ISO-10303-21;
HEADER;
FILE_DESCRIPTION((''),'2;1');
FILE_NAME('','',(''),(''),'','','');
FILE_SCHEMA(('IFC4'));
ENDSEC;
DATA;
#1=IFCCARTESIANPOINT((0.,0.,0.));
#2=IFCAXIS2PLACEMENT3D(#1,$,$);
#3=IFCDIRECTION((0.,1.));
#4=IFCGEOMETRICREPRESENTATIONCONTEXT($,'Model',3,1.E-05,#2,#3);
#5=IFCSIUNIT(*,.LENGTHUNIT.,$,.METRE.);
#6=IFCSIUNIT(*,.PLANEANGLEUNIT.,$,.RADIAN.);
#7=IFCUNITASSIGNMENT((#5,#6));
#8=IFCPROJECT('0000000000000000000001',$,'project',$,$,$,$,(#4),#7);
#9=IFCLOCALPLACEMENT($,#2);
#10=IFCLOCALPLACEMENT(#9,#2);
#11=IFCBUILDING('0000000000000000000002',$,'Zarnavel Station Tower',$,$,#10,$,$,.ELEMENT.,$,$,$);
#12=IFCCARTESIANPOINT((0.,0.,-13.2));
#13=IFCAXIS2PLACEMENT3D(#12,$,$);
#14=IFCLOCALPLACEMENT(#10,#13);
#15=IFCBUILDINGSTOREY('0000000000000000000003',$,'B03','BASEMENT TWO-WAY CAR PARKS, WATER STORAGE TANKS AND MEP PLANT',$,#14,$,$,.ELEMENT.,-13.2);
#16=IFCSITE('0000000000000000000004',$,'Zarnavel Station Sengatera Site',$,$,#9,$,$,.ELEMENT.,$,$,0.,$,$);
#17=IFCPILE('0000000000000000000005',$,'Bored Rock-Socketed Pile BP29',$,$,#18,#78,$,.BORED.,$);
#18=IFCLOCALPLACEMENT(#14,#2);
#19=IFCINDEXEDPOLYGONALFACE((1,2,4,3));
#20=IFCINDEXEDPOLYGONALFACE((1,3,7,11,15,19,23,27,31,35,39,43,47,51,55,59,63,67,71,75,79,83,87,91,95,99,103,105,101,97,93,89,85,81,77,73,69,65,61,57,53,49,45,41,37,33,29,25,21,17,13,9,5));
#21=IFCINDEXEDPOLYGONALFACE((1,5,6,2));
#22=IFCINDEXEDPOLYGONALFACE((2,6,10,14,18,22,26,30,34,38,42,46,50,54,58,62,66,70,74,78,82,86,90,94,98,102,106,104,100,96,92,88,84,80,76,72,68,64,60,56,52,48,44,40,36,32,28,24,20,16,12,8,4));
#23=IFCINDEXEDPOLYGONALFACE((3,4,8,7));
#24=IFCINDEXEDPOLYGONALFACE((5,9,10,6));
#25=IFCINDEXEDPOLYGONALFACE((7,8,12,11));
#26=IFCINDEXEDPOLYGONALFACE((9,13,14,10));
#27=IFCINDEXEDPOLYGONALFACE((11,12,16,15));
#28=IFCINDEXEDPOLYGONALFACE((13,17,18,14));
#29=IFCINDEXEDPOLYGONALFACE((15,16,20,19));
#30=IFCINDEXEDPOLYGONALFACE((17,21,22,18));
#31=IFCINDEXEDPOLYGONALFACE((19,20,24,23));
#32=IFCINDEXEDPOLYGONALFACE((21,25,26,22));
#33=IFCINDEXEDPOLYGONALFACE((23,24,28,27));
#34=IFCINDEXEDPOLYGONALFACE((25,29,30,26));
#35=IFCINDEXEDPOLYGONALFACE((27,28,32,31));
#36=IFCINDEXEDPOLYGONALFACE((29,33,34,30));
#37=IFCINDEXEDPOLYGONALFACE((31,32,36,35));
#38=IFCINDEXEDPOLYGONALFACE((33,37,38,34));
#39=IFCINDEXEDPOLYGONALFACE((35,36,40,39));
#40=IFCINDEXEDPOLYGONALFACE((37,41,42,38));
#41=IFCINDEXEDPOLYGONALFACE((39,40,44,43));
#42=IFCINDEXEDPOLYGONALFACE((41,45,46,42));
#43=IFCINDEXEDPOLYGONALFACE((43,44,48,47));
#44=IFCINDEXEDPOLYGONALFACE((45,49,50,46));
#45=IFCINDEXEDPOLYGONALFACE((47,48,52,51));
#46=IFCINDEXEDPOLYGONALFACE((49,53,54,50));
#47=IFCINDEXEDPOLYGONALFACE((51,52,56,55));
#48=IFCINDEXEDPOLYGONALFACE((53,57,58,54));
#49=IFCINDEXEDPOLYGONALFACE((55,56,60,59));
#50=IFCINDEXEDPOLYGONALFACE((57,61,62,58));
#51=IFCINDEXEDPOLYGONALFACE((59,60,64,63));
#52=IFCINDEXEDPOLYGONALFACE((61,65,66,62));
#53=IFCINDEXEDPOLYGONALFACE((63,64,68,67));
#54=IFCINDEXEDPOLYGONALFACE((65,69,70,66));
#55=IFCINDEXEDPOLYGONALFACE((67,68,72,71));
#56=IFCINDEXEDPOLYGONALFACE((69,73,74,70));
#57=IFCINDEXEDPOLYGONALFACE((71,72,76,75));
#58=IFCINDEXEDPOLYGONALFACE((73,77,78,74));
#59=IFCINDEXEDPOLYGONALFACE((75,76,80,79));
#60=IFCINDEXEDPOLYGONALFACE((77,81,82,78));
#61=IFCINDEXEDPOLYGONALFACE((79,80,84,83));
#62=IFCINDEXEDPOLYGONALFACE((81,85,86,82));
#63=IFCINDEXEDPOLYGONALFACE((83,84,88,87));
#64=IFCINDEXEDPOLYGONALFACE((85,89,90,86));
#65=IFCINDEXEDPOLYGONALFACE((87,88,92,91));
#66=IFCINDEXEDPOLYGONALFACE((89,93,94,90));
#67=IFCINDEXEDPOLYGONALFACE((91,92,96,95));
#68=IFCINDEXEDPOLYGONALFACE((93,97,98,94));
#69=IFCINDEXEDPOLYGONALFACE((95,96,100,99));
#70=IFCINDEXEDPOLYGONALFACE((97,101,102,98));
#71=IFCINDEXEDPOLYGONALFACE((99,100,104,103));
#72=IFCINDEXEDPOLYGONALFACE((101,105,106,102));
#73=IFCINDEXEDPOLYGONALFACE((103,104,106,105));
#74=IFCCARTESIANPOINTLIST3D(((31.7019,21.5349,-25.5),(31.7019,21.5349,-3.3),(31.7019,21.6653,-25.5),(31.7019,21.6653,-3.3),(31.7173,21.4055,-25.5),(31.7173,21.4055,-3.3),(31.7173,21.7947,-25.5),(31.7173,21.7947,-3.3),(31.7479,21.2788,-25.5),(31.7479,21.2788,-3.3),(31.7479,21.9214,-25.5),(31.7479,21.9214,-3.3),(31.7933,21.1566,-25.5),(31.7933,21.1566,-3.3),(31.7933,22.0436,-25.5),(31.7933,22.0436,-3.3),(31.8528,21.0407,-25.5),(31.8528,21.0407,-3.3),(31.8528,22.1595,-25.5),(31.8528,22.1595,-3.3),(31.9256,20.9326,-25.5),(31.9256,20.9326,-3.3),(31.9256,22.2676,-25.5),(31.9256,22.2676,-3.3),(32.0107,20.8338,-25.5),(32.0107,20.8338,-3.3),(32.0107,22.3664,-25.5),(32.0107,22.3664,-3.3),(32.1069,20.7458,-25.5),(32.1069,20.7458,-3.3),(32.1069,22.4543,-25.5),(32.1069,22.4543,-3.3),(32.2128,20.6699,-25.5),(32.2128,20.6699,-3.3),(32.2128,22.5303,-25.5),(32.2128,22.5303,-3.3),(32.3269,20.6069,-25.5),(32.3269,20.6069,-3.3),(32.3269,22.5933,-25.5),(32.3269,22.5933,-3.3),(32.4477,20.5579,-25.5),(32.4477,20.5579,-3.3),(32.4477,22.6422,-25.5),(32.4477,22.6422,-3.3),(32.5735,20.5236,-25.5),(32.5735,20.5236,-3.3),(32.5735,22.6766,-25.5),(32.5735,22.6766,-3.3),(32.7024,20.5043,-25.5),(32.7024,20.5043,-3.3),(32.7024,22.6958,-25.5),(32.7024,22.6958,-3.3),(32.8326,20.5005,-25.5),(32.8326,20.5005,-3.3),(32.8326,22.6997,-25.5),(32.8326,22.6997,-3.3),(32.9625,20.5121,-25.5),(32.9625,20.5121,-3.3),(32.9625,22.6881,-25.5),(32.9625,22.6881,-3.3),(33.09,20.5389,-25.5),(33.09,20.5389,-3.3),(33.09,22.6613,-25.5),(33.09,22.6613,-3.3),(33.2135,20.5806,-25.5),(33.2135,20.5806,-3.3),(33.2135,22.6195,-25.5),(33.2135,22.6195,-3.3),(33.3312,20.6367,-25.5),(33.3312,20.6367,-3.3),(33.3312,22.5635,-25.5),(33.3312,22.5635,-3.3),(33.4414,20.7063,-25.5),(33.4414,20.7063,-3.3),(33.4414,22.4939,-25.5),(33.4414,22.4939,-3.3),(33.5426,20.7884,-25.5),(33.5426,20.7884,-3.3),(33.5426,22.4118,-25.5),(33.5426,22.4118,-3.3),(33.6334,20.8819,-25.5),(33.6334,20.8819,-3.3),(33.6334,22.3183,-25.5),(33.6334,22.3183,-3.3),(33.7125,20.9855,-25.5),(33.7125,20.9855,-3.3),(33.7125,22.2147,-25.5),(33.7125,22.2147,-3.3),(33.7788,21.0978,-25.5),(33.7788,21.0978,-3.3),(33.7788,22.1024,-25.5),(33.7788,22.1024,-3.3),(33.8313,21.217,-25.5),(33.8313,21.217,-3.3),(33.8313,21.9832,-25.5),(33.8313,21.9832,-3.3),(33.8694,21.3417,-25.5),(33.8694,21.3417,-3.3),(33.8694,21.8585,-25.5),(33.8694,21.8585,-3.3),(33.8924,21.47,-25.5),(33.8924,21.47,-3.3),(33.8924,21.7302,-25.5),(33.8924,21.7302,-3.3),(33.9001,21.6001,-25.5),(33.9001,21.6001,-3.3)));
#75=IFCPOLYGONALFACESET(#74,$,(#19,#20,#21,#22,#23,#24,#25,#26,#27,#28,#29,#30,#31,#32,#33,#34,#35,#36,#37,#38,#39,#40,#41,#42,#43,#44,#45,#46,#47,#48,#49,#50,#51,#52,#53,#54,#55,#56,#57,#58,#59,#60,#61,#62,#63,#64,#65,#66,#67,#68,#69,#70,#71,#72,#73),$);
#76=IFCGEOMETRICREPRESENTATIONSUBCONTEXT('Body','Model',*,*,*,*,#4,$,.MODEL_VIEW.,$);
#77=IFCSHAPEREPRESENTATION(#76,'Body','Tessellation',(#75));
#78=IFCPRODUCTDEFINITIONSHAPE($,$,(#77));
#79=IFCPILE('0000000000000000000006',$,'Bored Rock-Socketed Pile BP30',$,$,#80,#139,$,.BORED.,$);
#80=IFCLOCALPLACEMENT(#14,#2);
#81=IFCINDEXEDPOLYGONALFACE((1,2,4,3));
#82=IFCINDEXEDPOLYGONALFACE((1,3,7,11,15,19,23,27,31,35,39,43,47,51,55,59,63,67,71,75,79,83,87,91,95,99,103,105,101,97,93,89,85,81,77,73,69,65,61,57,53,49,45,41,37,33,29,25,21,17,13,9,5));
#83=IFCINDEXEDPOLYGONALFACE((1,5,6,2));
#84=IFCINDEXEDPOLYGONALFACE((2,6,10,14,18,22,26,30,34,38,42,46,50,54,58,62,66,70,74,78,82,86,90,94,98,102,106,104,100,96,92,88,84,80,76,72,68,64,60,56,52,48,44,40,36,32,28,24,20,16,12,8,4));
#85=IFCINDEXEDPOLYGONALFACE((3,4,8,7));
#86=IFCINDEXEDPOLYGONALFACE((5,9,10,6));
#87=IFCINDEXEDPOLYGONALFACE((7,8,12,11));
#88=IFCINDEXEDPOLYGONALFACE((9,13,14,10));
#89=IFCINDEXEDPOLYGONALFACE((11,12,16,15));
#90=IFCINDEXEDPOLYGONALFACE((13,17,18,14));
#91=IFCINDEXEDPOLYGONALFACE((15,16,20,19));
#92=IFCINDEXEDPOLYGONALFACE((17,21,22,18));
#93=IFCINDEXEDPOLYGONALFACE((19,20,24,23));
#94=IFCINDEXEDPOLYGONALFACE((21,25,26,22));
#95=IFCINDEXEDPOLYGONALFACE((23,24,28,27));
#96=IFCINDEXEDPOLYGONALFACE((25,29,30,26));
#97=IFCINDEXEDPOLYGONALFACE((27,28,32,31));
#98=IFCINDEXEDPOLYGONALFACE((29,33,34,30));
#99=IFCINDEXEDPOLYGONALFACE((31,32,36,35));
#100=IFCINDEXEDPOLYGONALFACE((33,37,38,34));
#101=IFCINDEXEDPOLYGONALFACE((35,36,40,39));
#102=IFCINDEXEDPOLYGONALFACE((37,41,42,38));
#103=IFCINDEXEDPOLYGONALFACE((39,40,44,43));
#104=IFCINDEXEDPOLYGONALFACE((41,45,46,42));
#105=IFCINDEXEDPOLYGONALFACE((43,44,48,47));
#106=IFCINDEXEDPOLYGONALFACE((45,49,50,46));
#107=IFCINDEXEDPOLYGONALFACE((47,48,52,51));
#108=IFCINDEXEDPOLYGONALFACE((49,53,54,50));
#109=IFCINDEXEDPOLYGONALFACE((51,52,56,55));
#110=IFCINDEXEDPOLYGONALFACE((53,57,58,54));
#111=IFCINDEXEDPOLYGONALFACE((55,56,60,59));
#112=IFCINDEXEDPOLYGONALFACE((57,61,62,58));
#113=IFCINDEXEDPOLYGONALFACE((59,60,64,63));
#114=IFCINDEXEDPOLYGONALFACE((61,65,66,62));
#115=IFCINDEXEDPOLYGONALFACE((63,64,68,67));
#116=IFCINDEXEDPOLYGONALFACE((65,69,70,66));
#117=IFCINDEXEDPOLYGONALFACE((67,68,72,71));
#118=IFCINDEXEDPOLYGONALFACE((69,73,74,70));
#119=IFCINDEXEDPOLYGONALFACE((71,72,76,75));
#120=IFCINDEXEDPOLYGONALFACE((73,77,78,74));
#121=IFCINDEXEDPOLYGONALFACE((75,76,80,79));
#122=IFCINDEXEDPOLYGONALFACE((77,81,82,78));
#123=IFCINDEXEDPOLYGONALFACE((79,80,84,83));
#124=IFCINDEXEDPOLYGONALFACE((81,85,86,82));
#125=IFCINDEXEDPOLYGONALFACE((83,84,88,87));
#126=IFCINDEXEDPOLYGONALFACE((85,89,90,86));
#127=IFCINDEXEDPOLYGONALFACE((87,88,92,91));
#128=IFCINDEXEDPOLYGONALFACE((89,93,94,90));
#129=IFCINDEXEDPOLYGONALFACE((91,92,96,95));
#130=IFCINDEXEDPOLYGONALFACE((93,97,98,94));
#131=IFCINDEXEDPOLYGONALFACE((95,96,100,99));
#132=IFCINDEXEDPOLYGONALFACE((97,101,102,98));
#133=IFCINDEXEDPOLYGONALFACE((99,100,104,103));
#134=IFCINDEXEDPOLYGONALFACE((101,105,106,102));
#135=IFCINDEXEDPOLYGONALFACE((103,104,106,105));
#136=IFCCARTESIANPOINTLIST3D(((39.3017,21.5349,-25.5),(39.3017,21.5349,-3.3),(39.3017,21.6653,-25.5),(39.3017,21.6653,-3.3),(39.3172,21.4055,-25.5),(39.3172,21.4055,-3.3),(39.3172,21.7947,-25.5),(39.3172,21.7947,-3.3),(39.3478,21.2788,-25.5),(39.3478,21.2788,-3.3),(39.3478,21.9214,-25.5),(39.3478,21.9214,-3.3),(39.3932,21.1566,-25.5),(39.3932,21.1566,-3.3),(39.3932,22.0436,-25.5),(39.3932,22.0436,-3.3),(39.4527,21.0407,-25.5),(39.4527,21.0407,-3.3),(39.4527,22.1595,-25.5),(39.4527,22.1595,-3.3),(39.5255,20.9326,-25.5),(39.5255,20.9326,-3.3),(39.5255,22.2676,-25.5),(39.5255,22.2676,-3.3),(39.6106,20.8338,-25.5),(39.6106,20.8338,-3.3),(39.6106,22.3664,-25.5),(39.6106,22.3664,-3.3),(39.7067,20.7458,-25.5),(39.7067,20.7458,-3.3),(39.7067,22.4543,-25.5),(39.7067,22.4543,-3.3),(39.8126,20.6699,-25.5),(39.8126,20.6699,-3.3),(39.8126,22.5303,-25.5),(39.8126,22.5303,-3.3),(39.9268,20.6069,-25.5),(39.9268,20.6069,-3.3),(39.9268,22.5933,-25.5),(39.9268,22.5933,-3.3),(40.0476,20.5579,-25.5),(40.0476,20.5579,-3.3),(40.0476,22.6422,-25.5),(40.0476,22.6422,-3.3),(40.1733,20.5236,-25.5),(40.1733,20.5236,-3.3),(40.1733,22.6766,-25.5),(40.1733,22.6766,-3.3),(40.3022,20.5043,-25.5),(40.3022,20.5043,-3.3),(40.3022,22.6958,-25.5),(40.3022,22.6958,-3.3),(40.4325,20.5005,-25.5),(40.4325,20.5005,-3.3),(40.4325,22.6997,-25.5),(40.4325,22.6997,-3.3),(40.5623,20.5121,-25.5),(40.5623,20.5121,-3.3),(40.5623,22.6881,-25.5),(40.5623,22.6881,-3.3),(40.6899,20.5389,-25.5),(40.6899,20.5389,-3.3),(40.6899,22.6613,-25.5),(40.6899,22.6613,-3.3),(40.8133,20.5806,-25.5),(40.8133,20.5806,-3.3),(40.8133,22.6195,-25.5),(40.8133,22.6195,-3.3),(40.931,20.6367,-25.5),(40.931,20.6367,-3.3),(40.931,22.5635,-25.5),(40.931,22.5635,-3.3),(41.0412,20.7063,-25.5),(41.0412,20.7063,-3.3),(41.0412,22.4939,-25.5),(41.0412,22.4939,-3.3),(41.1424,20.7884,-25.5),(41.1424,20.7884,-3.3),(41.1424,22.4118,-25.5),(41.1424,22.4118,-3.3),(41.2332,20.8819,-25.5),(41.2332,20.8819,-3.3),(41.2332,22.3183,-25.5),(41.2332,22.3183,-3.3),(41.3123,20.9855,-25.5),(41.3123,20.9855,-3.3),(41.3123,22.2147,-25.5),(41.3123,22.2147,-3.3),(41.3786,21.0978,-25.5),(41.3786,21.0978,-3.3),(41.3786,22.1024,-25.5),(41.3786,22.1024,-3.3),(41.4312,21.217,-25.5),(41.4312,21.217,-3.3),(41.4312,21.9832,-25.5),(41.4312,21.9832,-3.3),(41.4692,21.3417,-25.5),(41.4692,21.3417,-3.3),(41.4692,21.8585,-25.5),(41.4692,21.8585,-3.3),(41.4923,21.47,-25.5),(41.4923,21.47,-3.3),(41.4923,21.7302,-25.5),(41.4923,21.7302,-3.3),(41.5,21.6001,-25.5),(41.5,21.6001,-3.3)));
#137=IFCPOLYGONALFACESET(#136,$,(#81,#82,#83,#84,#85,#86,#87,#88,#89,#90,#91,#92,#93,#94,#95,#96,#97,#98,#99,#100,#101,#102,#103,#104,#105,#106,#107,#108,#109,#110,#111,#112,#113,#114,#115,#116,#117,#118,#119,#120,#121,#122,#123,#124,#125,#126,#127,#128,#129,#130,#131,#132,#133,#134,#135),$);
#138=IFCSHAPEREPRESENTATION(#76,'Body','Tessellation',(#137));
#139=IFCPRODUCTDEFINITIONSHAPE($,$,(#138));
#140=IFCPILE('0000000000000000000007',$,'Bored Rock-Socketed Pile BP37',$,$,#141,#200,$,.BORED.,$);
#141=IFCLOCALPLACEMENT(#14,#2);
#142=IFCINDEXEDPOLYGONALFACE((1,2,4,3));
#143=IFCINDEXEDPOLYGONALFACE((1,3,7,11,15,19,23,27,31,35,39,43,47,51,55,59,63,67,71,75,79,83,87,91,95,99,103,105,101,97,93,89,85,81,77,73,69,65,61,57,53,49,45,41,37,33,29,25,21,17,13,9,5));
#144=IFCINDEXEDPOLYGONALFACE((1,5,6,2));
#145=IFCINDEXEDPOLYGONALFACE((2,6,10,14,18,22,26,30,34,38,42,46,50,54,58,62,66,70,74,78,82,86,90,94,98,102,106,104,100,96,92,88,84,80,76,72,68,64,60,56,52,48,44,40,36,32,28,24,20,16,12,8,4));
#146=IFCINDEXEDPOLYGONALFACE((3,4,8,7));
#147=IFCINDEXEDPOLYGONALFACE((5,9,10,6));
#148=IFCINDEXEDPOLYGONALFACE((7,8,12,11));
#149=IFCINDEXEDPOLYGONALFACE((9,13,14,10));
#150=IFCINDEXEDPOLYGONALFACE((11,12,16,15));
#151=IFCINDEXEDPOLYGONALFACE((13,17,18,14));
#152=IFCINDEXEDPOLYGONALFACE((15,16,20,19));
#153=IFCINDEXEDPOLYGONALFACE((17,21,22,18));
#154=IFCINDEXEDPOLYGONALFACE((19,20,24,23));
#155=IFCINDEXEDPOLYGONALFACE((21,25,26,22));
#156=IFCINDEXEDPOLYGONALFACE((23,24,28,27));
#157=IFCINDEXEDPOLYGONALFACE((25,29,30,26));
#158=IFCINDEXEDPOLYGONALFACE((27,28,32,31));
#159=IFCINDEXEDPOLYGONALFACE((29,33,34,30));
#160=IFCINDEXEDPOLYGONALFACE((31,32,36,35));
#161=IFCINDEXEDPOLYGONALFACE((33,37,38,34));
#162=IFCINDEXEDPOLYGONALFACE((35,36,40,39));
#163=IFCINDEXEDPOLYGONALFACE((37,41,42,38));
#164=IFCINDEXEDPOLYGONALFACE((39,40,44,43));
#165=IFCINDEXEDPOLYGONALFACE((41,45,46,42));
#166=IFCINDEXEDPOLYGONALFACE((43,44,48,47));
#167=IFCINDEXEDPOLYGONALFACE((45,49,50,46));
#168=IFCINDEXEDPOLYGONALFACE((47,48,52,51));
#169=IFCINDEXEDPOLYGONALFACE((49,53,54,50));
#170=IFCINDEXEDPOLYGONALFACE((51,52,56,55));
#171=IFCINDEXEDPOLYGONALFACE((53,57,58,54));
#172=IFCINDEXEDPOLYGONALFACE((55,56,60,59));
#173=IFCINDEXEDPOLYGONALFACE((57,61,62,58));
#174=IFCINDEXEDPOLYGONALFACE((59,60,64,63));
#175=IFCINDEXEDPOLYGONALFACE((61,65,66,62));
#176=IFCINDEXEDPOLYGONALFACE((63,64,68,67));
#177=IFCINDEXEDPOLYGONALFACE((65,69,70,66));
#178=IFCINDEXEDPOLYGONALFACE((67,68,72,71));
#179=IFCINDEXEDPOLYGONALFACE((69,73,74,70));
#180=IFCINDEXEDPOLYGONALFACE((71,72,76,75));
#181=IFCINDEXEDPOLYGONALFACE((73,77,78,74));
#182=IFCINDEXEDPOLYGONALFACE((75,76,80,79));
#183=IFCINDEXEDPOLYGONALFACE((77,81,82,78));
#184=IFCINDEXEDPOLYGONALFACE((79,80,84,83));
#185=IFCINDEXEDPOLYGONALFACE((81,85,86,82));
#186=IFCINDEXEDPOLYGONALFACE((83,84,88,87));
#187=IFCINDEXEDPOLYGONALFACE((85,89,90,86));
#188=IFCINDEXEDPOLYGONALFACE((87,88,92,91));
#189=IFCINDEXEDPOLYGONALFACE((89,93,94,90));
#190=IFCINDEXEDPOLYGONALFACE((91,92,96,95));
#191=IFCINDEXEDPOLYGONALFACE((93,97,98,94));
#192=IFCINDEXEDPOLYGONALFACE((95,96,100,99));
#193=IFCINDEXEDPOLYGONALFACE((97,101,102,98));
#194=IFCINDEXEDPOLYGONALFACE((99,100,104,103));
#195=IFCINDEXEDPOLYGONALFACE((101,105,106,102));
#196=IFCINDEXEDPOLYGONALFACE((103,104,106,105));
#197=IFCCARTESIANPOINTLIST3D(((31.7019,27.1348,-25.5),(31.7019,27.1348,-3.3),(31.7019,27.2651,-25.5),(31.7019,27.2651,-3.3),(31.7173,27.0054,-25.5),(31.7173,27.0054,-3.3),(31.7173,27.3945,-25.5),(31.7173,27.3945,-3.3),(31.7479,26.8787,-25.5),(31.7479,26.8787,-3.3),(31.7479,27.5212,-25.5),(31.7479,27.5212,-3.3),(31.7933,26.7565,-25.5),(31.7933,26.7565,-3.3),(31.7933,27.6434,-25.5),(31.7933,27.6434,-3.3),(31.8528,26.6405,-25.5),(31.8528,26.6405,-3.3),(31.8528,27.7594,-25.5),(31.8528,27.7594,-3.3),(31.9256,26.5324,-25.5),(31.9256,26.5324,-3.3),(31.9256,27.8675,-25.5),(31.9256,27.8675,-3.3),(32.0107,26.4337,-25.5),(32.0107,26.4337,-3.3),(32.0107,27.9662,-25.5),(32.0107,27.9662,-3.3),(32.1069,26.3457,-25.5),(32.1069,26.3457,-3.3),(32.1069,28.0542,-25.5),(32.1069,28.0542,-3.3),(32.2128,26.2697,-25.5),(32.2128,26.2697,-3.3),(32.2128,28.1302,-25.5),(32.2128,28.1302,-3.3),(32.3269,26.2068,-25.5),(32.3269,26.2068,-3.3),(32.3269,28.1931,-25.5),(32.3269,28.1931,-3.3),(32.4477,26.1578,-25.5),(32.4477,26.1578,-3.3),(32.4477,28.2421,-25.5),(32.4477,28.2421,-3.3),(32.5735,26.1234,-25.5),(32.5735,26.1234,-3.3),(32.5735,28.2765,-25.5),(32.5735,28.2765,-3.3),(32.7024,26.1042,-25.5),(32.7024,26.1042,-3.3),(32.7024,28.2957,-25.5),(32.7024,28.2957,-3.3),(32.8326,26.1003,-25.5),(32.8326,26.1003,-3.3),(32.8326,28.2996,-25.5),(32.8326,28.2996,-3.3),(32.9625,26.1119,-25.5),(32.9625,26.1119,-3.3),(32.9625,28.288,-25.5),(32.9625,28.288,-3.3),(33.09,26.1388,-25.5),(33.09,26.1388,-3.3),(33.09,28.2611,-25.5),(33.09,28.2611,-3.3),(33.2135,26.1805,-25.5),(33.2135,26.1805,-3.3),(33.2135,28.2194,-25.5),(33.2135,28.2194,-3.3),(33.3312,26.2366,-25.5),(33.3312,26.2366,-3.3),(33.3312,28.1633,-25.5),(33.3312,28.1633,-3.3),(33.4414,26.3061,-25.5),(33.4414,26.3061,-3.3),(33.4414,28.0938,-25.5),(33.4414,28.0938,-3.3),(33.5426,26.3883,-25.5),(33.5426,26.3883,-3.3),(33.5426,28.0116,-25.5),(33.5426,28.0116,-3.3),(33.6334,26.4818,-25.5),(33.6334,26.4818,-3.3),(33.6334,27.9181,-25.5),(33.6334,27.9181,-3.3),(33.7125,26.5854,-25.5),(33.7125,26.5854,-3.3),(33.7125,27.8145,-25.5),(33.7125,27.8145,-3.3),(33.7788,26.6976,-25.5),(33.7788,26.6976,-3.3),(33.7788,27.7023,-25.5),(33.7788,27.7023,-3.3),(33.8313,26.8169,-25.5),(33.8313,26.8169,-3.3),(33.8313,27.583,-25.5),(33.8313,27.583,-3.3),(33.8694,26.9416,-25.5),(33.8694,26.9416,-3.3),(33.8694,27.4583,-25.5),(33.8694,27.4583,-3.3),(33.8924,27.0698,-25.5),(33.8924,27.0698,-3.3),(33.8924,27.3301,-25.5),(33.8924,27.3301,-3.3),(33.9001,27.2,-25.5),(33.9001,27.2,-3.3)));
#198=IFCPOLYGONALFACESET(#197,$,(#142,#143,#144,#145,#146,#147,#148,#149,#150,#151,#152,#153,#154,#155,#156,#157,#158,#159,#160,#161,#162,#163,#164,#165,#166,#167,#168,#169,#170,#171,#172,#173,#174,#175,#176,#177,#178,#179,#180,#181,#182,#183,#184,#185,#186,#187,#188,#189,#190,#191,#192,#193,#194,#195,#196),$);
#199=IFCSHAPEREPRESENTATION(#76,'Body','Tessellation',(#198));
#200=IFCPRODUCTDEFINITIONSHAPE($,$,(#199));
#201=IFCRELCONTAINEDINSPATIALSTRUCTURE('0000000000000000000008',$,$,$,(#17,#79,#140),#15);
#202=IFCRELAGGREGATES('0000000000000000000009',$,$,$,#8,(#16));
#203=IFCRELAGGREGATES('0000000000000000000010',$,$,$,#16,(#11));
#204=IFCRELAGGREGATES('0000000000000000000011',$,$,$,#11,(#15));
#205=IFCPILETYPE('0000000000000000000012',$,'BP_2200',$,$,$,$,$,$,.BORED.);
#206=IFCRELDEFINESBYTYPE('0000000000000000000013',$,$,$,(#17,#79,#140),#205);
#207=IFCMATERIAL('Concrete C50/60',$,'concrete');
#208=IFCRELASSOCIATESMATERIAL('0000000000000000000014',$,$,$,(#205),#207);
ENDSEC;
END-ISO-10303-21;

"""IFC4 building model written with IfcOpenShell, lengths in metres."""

from ifc_helpers import new_model, si_unit, direction, frame, origin, origin_2d, place, context, subcontext, project, spatial, circle, extrude, material, material_profile, profile_set, type_object, element, save


model = new_model("IFC4")

# Units and contexts
model_context = context("Model", 3, precision=1e-05, world=origin(), true_north=direction((0.0, 1.0)))
body_context = subcontext(model_context, "Body", "Model", "MODEL_VIEW")
ifc_project = project(units=[si_unit("LENGTHUNIT", "METRE"), si_unit("PLANEANGLEUNIT", "RADIAN")], contexts=[model_context])

# Site, building, storey
site_placement = place(None, origin())
site = spatial("IfcSite", under=ifc_project, at=site_placement, Name="Zarnavel Station Sengatera Site", CompositionType="ELEMENT", RefElevation=0.0)
building_placement = place(site_placement, origin())
building = spatial("IfcBuilding", under=site, at=building_placement, Name="Zarnavel Station Tower", CompositionType="ELEMENT")
storey_placement = place(building_placement, frame((0.0, 0.0, -13.2)))
storey = spatial("IfcBuildingStorey", under=building, at=storey_placement, Name="B03", Description="BASEMENT TWO-WAY CAR PARKS, WATER STORAGE TANKS AND MEP PLANT", CompositionType="ELEMENT", Elevation=-13.2)

# Piles
ifc_material_1 = material(Name="Concrete C50/60", Category="concrete")
ifc_material_profile_1 = material_profile(ifc_material_1, circle(Radius=1.1001, at=origin_2d()), Name="PILE2200")
ifc_profile_set_1 = profile_set([ifc_material_profile_1], Name="Concrete C50/60")
pile_type = type_object("IfcPileType", Name="BP_2200", PredefinedType="BORED", material=ifc_profile_set_1)
for number, where, z_axis, x_axis, name in (
    (1, (32.8, 21.6001, -3.3), (0.0, 0.0, -1.0), (1.0, 0.0, 0.0), "Bored Rock-Socketed Pile BP29"),
    (2, (40.3999, 21.6001, -3.3), (0.0, 0.0, -1.0), (1.0, 0.0, 0.0), "Bored Rock-Socketed Pile BP30"),
    (3, (32.8, 27.2, -3.3), (0.0, 0.0, -1.0), (1.0, 0.0, 0.0), "Bored Rock-Socketed Pile BP37"),
):
    element("IfcPile", number, at=place(storey_placement, frame(where, z_axis=z_axis, x_axis=x_axis)), inside=storey, type_object=pile_type, Name=name, PredefinedType="BORED", context=body_context, shape_type="SweptSolid", body=[
        extrude(circle(Radius=1.1001, at=origin_2d()), origin(), (0.0, 0.0, 1.0), 22.2),
    ])

save(model, "model.ifc")
